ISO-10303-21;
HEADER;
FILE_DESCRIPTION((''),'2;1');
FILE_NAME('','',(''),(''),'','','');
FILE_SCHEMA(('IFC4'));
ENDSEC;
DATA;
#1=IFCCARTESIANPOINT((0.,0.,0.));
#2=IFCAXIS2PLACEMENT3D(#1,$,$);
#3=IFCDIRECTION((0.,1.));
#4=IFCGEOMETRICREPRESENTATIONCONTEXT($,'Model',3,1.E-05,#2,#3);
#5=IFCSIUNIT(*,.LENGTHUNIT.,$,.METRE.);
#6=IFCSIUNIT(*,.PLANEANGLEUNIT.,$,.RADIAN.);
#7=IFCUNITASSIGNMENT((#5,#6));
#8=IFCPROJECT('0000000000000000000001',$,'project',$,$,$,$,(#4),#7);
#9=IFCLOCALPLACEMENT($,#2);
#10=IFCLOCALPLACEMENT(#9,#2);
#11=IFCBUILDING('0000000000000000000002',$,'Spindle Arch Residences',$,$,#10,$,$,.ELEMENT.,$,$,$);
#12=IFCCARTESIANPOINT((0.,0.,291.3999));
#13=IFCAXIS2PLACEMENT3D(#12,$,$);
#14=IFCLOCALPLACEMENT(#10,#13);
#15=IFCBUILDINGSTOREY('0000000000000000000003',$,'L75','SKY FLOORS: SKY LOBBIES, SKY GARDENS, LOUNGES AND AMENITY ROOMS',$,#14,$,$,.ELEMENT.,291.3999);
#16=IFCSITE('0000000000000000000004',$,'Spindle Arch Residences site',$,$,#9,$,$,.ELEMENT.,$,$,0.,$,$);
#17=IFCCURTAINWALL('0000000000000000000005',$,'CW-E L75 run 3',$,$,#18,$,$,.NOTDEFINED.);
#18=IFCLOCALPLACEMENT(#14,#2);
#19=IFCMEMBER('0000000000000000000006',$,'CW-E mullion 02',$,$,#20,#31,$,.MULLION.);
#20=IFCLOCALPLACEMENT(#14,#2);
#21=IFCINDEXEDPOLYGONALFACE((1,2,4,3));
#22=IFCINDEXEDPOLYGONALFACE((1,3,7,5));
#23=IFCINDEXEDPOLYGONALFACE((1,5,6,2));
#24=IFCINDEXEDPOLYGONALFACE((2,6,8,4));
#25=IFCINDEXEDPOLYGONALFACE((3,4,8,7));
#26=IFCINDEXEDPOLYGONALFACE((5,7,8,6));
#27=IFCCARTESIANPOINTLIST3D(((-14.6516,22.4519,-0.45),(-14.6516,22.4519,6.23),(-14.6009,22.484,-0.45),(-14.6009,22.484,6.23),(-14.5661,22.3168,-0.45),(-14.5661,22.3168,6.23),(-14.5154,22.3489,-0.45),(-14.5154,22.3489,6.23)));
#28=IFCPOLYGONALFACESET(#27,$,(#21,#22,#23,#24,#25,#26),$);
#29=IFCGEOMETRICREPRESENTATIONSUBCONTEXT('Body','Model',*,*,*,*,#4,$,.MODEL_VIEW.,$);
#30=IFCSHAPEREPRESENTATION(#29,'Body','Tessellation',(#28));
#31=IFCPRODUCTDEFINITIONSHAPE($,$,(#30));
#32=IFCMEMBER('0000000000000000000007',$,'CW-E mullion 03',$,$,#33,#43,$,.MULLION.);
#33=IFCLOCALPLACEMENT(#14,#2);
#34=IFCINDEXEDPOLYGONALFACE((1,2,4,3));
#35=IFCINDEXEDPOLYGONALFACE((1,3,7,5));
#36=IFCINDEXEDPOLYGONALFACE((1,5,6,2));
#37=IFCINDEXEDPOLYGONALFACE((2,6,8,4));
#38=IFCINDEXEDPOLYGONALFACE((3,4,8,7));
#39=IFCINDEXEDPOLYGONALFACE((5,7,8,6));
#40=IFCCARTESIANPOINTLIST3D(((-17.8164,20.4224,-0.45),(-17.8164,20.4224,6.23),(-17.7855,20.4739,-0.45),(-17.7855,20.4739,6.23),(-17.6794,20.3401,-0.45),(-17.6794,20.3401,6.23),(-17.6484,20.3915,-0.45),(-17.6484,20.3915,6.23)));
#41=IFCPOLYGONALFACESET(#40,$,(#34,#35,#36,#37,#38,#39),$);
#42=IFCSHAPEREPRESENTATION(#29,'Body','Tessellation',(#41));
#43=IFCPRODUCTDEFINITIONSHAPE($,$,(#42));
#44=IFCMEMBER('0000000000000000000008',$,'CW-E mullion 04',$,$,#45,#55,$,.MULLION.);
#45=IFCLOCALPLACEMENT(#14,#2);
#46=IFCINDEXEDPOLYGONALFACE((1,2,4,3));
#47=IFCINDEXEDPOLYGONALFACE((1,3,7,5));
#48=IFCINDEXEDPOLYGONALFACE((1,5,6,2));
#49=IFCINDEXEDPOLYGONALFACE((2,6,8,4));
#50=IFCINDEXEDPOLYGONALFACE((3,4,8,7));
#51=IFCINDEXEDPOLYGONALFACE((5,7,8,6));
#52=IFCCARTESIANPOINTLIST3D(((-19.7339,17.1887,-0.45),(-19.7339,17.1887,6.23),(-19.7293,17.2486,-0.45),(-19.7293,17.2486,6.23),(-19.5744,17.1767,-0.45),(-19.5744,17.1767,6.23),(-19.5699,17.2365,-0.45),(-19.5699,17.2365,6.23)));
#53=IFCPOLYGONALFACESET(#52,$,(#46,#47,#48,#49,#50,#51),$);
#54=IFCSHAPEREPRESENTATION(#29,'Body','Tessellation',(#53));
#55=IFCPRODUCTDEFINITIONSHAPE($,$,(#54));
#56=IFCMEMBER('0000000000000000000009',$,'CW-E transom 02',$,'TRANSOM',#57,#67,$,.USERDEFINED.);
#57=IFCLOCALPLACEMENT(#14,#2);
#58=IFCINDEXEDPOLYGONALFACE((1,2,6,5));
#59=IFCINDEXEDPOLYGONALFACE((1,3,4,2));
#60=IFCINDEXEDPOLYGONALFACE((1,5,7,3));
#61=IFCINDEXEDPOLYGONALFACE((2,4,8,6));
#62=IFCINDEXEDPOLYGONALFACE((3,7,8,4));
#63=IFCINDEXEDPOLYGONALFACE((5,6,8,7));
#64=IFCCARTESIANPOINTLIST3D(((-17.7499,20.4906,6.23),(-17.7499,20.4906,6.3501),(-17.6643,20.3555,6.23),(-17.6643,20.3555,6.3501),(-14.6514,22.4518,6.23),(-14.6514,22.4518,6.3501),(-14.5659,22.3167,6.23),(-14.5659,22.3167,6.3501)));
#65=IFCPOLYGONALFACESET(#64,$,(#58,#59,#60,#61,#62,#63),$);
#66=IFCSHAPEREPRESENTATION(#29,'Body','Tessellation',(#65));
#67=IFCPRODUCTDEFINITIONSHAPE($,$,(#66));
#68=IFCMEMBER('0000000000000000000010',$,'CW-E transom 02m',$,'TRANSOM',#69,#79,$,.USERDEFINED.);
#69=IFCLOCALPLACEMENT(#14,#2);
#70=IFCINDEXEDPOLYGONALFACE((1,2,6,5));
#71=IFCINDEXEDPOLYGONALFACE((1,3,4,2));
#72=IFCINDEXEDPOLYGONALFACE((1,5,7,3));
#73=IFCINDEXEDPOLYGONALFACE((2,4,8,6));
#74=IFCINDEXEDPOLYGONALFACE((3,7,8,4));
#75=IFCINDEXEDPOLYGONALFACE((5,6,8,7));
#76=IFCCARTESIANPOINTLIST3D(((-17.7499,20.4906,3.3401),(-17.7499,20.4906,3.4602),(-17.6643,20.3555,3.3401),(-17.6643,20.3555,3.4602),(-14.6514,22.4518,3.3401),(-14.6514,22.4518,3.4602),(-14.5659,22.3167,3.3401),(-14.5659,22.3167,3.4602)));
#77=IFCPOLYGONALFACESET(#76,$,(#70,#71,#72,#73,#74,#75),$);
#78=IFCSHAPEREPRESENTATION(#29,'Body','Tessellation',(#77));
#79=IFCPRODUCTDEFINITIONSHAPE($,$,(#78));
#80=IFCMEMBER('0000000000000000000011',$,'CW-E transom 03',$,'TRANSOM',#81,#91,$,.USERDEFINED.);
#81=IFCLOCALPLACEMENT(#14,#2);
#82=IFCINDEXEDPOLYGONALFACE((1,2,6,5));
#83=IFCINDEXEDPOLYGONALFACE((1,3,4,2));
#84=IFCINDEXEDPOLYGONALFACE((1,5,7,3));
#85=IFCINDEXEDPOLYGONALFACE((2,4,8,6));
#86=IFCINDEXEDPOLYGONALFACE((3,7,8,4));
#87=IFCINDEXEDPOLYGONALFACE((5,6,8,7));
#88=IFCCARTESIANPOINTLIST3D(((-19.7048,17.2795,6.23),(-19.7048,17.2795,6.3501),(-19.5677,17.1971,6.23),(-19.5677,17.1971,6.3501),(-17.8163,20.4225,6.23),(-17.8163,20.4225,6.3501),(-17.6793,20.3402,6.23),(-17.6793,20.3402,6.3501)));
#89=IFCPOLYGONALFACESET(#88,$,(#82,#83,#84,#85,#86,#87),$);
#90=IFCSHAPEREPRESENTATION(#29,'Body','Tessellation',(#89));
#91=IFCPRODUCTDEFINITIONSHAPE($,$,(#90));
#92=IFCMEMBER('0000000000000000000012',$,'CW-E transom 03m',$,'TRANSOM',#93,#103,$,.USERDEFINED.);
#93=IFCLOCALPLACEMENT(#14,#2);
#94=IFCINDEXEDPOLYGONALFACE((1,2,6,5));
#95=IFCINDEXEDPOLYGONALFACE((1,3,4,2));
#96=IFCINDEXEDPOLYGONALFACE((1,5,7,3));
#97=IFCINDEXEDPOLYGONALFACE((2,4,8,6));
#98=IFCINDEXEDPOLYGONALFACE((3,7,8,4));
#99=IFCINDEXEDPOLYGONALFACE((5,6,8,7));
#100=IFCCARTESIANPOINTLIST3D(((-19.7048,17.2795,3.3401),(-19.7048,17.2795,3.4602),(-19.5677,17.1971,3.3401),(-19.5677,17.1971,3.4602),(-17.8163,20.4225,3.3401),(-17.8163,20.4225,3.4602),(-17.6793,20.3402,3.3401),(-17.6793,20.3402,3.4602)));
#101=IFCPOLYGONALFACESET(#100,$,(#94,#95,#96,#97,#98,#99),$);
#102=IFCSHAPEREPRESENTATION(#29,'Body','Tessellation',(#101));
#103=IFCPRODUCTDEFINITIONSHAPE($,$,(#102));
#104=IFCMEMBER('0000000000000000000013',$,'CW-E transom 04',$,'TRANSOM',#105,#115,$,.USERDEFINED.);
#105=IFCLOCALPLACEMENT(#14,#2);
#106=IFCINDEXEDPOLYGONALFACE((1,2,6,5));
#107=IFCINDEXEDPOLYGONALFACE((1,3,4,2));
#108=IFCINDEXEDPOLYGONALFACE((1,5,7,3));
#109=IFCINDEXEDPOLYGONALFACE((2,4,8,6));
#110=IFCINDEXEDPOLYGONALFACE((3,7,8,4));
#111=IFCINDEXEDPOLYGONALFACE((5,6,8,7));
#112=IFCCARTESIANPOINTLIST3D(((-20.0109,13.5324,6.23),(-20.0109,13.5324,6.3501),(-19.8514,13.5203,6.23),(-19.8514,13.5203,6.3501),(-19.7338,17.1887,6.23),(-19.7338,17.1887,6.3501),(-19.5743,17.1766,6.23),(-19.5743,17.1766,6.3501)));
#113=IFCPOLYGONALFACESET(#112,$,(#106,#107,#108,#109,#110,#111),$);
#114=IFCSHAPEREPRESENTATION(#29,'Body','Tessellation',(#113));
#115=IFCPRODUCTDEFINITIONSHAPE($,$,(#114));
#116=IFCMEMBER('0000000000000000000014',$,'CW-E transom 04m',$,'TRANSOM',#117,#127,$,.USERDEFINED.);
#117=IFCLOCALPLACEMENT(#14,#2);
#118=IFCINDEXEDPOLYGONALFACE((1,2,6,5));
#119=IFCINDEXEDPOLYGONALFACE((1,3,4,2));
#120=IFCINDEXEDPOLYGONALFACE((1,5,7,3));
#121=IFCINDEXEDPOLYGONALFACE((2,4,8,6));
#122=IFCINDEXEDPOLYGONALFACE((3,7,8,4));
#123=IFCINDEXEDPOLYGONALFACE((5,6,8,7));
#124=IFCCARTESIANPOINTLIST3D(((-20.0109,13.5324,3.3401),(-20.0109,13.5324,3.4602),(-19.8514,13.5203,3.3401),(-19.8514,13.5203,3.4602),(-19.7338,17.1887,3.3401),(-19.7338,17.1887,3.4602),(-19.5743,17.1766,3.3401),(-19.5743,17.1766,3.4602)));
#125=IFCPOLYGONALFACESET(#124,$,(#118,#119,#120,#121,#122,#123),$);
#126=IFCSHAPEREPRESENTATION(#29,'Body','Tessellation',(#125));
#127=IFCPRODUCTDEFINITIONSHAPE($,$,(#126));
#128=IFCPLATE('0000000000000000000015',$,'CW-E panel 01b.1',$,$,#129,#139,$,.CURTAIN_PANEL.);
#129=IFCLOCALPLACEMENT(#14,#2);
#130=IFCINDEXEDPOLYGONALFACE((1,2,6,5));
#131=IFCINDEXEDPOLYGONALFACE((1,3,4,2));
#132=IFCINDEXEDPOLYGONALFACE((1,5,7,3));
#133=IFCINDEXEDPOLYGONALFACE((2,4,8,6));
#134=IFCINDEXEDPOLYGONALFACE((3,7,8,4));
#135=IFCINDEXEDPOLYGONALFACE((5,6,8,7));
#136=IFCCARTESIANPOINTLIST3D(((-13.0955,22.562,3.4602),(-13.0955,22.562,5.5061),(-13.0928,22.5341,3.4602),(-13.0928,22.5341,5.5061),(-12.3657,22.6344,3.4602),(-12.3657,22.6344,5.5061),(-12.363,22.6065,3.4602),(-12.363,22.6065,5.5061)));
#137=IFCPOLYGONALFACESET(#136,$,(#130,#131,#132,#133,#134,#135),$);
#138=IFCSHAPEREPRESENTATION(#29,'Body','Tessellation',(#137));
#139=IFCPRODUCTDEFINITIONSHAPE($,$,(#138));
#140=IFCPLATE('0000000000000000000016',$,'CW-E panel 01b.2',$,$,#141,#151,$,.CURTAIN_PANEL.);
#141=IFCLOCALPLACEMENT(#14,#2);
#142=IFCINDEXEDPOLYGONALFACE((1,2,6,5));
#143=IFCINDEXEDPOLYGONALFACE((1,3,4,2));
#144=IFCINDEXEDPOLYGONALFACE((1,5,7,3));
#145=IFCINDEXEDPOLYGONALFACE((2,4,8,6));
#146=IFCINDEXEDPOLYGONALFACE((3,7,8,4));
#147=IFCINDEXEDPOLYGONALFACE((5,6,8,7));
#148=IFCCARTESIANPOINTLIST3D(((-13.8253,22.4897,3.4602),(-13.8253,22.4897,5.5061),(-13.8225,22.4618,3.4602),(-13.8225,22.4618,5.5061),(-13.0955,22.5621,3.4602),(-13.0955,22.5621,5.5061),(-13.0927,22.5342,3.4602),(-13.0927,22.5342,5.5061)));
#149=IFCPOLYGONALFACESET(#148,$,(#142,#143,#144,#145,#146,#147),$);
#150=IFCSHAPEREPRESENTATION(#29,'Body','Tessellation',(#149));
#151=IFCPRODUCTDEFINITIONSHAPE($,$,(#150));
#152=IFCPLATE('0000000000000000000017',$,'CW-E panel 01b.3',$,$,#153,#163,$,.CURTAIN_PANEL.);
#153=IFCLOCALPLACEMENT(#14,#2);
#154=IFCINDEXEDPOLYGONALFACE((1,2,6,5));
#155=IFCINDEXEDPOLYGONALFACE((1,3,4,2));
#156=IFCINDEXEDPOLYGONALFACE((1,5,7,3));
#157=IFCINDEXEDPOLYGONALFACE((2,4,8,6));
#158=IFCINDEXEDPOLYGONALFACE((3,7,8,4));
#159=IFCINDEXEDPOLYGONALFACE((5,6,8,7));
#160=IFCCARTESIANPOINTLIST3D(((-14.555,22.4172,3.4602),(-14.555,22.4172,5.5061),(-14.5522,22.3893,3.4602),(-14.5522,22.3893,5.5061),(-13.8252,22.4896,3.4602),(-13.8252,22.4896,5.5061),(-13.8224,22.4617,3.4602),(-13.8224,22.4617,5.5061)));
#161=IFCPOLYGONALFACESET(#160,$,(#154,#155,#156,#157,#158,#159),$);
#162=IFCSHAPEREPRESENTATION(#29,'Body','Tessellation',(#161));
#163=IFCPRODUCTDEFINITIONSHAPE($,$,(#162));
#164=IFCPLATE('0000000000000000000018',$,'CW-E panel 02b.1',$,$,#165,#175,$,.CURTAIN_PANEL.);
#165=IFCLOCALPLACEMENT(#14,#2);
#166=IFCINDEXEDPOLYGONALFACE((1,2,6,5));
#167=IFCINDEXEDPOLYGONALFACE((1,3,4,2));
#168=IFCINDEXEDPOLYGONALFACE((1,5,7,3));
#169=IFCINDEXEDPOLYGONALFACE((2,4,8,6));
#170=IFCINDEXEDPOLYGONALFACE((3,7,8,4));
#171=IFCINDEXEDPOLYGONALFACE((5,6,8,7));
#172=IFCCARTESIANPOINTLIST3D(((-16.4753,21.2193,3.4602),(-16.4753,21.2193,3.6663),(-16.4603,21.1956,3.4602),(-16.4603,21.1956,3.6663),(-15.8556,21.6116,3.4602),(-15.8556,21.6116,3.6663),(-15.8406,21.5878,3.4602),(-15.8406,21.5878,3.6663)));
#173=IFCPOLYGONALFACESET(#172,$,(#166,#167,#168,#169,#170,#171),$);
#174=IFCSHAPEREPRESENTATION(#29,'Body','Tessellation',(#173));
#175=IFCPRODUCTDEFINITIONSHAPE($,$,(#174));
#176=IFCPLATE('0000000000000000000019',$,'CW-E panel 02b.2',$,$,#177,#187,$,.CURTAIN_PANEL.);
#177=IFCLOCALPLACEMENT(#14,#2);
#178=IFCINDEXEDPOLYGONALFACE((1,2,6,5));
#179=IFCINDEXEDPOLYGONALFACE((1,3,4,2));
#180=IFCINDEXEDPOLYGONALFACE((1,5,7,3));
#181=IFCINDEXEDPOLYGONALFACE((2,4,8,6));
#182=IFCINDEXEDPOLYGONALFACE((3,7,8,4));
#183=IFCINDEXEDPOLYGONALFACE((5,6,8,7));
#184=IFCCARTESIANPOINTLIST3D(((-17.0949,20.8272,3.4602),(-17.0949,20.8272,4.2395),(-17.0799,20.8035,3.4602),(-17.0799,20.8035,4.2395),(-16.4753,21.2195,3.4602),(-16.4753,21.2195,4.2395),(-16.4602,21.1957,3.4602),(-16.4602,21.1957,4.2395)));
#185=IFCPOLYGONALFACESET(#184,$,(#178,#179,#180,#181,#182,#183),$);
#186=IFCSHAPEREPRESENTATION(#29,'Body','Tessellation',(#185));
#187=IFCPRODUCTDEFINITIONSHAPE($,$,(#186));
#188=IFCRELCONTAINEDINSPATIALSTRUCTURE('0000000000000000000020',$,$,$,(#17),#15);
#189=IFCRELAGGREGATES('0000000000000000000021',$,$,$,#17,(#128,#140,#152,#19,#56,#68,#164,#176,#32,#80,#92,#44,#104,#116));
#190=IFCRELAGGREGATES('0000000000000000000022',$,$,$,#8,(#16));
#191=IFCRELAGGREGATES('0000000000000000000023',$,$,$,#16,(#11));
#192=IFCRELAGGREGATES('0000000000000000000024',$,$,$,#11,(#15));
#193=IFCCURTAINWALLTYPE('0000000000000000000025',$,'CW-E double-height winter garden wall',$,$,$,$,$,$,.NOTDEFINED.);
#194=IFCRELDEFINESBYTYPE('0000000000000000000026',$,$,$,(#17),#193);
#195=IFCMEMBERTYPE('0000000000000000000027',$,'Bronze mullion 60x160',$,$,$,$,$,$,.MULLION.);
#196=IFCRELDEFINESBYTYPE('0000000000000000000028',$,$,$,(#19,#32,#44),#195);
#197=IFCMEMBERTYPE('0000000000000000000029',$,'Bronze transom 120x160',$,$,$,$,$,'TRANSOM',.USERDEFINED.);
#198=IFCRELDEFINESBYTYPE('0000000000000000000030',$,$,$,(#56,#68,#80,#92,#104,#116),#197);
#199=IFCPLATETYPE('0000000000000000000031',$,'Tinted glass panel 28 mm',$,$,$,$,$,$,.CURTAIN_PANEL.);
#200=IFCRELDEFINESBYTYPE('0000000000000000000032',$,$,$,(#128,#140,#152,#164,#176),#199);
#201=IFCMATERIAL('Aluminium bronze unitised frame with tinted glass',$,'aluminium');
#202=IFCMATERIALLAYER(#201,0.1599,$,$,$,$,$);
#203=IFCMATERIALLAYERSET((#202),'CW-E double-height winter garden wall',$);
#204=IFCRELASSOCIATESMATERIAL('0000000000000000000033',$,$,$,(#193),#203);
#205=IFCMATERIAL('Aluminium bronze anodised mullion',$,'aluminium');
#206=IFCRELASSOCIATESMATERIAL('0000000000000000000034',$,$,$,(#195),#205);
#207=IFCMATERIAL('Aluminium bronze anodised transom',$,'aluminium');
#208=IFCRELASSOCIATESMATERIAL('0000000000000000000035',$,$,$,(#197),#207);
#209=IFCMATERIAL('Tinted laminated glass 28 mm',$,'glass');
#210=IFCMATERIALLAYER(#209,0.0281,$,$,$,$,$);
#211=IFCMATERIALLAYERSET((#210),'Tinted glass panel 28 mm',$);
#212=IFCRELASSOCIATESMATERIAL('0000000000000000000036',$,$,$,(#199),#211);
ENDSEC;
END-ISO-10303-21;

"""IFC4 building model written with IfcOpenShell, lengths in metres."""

from ifc_helpers import new_model, si_unit, direction, frame, origin, origin_2d, place, context, subcontext, project, spatial, rectangle, extrude, material, layer, layer_set, material_profile, profile_set, type_object, element, aggregate, save


model = new_model("IFC4")

# Units and contexts
model_context = context("Model", 3, precision=1e-05, world=origin(), true_north=direction((0.0, 1.0)))
body_context = subcontext(model_context, "Body", "Model", "MODEL_VIEW")
ifc_project = project(units=[si_unit("LENGTHUNIT", "METRE"), si_unit("PLANEANGLEUNIT", "RADIAN")], contexts=[model_context])

# Site, building, storey
site_placement = place(None, origin())
site = spatial("IfcSite", under=ifc_project, at=site_placement, Name="Spindle Arch Residences site", CompositionType="ELEMENT", RefElevation=0.0)
building_placement = place(site_placement, origin())
building = spatial("IfcBuilding", under=site, at=building_placement, Name="Spindle Arch Residences", CompositionType="ELEMENT")
storey_placement = place(building_placement, frame((0.0, 0.0, 291.3999)))
storey = spatial("IfcBuildingStorey", under=building, at=storey_placement, Name="L75", Description="SKY FLOORS: SKY LOBBIES, SKY GARDENS, LOUNGES AND AMENITY ROOMS", CompositionType="ELEMENT", Elevation=291.3999)

# Curtain wall, members, plates
ifc_material_1 = material(Name="Aluminium bronze unitised frame with tinted glass", Category="aluminium")
ifc_layer_1 = layer(ifc_material_1, 0.1599)
ifc_layer_set_1 = layer_set([ifc_layer_1], Name="CW-E double-height winter garden wall")
curtain_wall_type = type_object("IfcCurtainWallType", Name="CW-E double-height winter garden wall", PredefinedType="NOTDEFINED", material=ifc_layer_set_1)
curtain_wall_placement = place(storey_placement, origin())
curtain_wall = element("IfcCurtainWall", 1, at=curtain_wall_placement, inside=storey, type_object=curtain_wall_type, Name="CW-E L75 run 3", PredefinedType="NOTDEFINED")
ifc_material_2 = material(Name="Aluminium bronze anodised mullion", Category="aluminium")
ifc_material_profile_1 = material_profile(ifc_material_2, rectangle(XDim=0.1599, YDim=0.0601, at=origin_2d()), Name="MU 60x160")
ifc_profile_set_1 = profile_set([ifc_material_profile_1], Name="Aluminium bronze anodised mullion")
member_type_1 = type_object("IfcMemberType", Name="Bronze mullion 60x160", PredefinedType="MULLION", material=ifc_profile_set_1)
member_1_placement = place(storey_placement, frame((-14.5835, 22.4004, -0.45), z_axis=(0.0, 0.0, 1.0), x_axis=(0.534844, -0.844951, 0.0)))
member_1 = element("IfcMember", 2, at=member_1_placement, type_object=member_type_1, Name="CW-E mullion 02", PredefinedType="MULLION", context=body_context, shape_type="SweptSolid", body=[
    extrude(rectangle(XDim=0.1599, YDim=0.0601, at=origin_2d()), origin(), (0.0, 0.0, 1.0), 6.6799),
])
member_2_placement = place(storey_placement, frame((-17.7324, 20.407, -0.45), z_axis=(0.0, 0.0, 1.0), x_axis=(0.857167, -0.515038, 0.0)))
member_2 = element("IfcMember", 3, at=member_2_placement, type_object=member_type_1, Name="CW-E mullion 03", PredefinedType="MULLION", context=body_context, shape_type="SweptSolid", body=[
    extrude(rectangle(XDim=0.1599, YDim=0.0601, at=origin_2d()), origin(), (0.0, 0.0, 1.0), 6.6799),
])
member_3_placement = place(storey_placement, frame((-19.6519, 17.2126, -0.45), z_axis=(0.0, 0.0, 1.0), x_axis=(0.997141, -0.075559, 0.0)))
member_3 = element("IfcMember", 4, at=member_3_placement, type_object=member_type_1, Name="CW-E mullion 04", PredefinedType="MULLION", context=body_context, shape_type="SweptSolid", body=[
    extrude(rectangle(XDim=0.1599, YDim=0.0601, at=origin_2d()), origin(), (0.0, 0.0, 1.0), 6.6799),
])
ifc_material_3 = material(Name="Aluminium bronze anodised transom", Category="aluminium")
ifc_material_profile_2 = material_profile(ifc_material_3, rectangle(XDim=0.1599, YDim=0.1201, at=origin_2d()), Name="TR 120x160")
ifc_profile_set_2 = profile_set([ifc_material_profile_2], Name="Aluminium bronze anodised transom")
member_type_2 = type_object("IfcMemberType", Name="Bronze transom 120x160", ElementType="TRANSOM", PredefinedType="USERDEFINED", material=ifc_profile_set_2)
member_4_placement = place(storey_placement, frame((-14.6086, 22.3843, 6.29), z_axis=(-0.844958, -0.534832, 0.0), x_axis=(0.534832, -0.844958, 0.0)))
member_4 = element("IfcMember", 5, at=member_4_placement, type_object=member_type_2, Name="CW-E transom 02", ObjectType="TRANSOM", PredefinedType="USERDEFINED", context=body_context, shape_type="SweptSolid", body=[
    extrude(rectangle(XDim=0.1599, YDim=0.1201, at=origin_2d()), origin(), (0.0, 0.0, 1.0), 3.667),
])
member_5_placement = place(storey_placement, frame((-14.6086, 22.3843, 3.4001), z_axis=(-0.844958, -0.534832, 0.0), x_axis=(0.534832, -0.844958, 0.0)))
member_5 = element("IfcMember", 6, at=member_5_placement, type_object=member_type_2, Name="CW-E transom 02m", ObjectType="TRANSOM", PredefinedType="USERDEFINED", context=body_context, shape_type="SweptSolid", body=[
    extrude(rectangle(XDim=0.1599, YDim=0.1201, at=origin_2d()), origin(), (0.0, 0.0, 1.0), 3.667),
])
member_6_placement = place(storey_placement, frame((-17.7478, 20.3813, 6.29), z_axis=(-0.515015, -0.857181, 0.0), x_axis=(0.857181, -0.515015, 0.0)))
member_6 = element("IfcMember", 7, at=member_6_placement, type_object=member_type_2, Name="CW-E transom 03", ObjectType="TRANSOM", PredefinedType="USERDEFINED", context=body_context, shape_type="SweptSolid", body=[
    extrude(rectangle(XDim=0.1599, YDim=0.1201, at=origin_2d()), origin(), (0.0, 0.0, 1.0), 3.6667),
])
member_7_placement = place(storey_placement, frame((-17.7478, 20.3813, 3.4001), z_axis=(-0.515015, -0.857181, 0.0), x_axis=(0.857181, -0.515015, 0.0)))
member_7 = element("IfcMember", 8, at=member_7_placement, type_object=member_type_2, Name="CW-E transom 03m", ObjectType="TRANSOM", PredefinedType="USERDEFINED", context=body_context, shape_type="SweptSolid", body=[
    extrude(rectangle(XDim=0.1599, YDim=0.1201, at=origin_2d()), origin(), (0.0, 0.0, 1.0), 3.6667),
])
member_8_placement = place(storey_placement, frame((-19.6541, 17.1826, 6.29), z_axis=(-0.075571, -0.99714, 0.0), x_axis=(0.99714, -0.075571, 0.0)))
member_8 = element("IfcMember", 9, at=member_8_placement, type_object=member_type_2, Name="CW-E transom 04", ObjectType="TRANSOM", PredefinedType="USERDEFINED", context=body_context, shape_type="SweptSolid", body=[
    extrude(rectangle(XDim=0.1599, YDim=0.1201, at=origin_2d()), origin(), (0.0, 0.0, 1.0), 3.6667),
])
member_9_placement = place(storey_placement, frame((-19.6541, 17.1826, 3.4001), z_axis=(-0.075571, -0.99714, 0.0), x_axis=(0.99714, -0.075571, 0.0)))
member_9 = element("IfcMember", 10, at=member_9_placement, type_object=member_type_2, Name="CW-E transom 04m", ObjectType="TRANSOM", PredefinedType="USERDEFINED", context=body_context, shape_type="SweptSolid", body=[
    extrude(rectangle(XDim=0.1599, YDim=0.1201, at=origin_2d()), origin(), (0.0, 0.0, 1.0), 3.6667),
])
ifc_material_4 = material(Name="Tinted laminated glass 28 mm", Category="glass")
ifc_layer_2 = layer(ifc_material_4, 0.0281)
ifc_layer_set_2 = layer_set([ifc_layer_2], Name="Tinted glass panel 28 mm")
plate_type_1 = type_object("IfcPlateType", Name="Tinted glass panel 28 mm", PredefinedType="CURTAIN_PANEL", material=ifc_layer_set_2)
plate_1_placement = place(storey_placement, frame((-12.7292, 22.5842, 3.4602), z_axis=(0.0, 0.0, 1.0), x_axis=(-0.995113, -0.098741, 0.0)))
plate_1 = element("IfcPlate", 11, at=plate_1_placement, type_object=plate_type_1, Name="CW-E panel 01b.1", PredefinedType="CURTAIN_PANEL", context=body_context, shape_type="SweptSolid", body=[
    extrude(rectangle(XDim=0.7334, YDim=0.0281, at=origin_2d()), origin(), (0.0, 0.0, 1.0), 2.0459),
])
plate_2_placement = place(storey_placement, frame((-13.459, 22.512, 3.4602), z_axis=(0.0, 0.0, 1.0), x_axis=(-0.995113, -0.098741, 0.0)))
plate_2 = element("IfcPlate", 12, at=plate_2_placement, type_object=plate_type_1, Name="CW-E panel 01b.2", PredefinedType="CURTAIN_PANEL", context=body_context, shape_type="SweptSolid", body=[
    extrude(rectangle(XDim=0.7334, YDim=0.0281, at=origin_2d()), origin(), (0.0, 0.0, 1.0), 2.0459),
])
plate_3_placement = place(storey_placement, frame((-14.1887, 22.4395, 3.4602), z_axis=(0.0, 0.0, 1.0), x_axis=(-0.995113, -0.098741, 0.0)))
plate_3 = element("IfcPlate", 13, at=plate_3_placement, type_object=plate_type_1, Name="CW-E panel 01b.3", PredefinedType="CURTAIN_PANEL", context=body_context, shape_type="SweptSolid", body=[
    extrude(rectangle(XDim=0.7334, YDim=0.0281, at=origin_2d()), origin(), (0.0, 0.0, 1.0), 2.0459),
])
plate_4_placement = place(storey_placement, frame((-16.158, 21.4036, 3.4602), z_axis=(0.0, 0.0, 1.0), x_axis=(-0.844951, -0.534844, 0.0)))
plate_4 = element("IfcPlate", 14, at=plate_4_placement, type_object=plate_type_1, Name="CW-E panel 02b.1", PredefinedType="CURTAIN_PANEL", context=body_context, shape_type="SweptSolid", body=[
    extrude(rectangle(XDim=0.7334, YDim=0.0281, at=origin_2d()), origin(), (0.0, 0.0, 1.0), 0.2061),
])
plate_5_placement = place(storey_placement, frame((-16.7776, 21.0115, 3.4602), z_axis=(0.0, 0.0, 1.0), x_axis=(-0.844951, -0.534844, 0.0)))
plate_5 = element("IfcPlate", 15, at=plate_5_placement, type_object=plate_type_1, Name="CW-E panel 02b.2", PredefinedType="CURTAIN_PANEL", context=body_context, shape_type="SweptSolid", body=[
    extrude(rectangle(XDim=0.7334, YDim=0.0281, at=origin_2d()), origin(), (0.0, 0.0, 1.0), 0.7793),
])
aggregate(curtain_wall, [plate_1, plate_2, plate_3, member_1, member_4, member_5, plate_4, plate_5, member_2, member_6, member_7, member_3, member_8, member_9])

save(model, "model.ifc")
